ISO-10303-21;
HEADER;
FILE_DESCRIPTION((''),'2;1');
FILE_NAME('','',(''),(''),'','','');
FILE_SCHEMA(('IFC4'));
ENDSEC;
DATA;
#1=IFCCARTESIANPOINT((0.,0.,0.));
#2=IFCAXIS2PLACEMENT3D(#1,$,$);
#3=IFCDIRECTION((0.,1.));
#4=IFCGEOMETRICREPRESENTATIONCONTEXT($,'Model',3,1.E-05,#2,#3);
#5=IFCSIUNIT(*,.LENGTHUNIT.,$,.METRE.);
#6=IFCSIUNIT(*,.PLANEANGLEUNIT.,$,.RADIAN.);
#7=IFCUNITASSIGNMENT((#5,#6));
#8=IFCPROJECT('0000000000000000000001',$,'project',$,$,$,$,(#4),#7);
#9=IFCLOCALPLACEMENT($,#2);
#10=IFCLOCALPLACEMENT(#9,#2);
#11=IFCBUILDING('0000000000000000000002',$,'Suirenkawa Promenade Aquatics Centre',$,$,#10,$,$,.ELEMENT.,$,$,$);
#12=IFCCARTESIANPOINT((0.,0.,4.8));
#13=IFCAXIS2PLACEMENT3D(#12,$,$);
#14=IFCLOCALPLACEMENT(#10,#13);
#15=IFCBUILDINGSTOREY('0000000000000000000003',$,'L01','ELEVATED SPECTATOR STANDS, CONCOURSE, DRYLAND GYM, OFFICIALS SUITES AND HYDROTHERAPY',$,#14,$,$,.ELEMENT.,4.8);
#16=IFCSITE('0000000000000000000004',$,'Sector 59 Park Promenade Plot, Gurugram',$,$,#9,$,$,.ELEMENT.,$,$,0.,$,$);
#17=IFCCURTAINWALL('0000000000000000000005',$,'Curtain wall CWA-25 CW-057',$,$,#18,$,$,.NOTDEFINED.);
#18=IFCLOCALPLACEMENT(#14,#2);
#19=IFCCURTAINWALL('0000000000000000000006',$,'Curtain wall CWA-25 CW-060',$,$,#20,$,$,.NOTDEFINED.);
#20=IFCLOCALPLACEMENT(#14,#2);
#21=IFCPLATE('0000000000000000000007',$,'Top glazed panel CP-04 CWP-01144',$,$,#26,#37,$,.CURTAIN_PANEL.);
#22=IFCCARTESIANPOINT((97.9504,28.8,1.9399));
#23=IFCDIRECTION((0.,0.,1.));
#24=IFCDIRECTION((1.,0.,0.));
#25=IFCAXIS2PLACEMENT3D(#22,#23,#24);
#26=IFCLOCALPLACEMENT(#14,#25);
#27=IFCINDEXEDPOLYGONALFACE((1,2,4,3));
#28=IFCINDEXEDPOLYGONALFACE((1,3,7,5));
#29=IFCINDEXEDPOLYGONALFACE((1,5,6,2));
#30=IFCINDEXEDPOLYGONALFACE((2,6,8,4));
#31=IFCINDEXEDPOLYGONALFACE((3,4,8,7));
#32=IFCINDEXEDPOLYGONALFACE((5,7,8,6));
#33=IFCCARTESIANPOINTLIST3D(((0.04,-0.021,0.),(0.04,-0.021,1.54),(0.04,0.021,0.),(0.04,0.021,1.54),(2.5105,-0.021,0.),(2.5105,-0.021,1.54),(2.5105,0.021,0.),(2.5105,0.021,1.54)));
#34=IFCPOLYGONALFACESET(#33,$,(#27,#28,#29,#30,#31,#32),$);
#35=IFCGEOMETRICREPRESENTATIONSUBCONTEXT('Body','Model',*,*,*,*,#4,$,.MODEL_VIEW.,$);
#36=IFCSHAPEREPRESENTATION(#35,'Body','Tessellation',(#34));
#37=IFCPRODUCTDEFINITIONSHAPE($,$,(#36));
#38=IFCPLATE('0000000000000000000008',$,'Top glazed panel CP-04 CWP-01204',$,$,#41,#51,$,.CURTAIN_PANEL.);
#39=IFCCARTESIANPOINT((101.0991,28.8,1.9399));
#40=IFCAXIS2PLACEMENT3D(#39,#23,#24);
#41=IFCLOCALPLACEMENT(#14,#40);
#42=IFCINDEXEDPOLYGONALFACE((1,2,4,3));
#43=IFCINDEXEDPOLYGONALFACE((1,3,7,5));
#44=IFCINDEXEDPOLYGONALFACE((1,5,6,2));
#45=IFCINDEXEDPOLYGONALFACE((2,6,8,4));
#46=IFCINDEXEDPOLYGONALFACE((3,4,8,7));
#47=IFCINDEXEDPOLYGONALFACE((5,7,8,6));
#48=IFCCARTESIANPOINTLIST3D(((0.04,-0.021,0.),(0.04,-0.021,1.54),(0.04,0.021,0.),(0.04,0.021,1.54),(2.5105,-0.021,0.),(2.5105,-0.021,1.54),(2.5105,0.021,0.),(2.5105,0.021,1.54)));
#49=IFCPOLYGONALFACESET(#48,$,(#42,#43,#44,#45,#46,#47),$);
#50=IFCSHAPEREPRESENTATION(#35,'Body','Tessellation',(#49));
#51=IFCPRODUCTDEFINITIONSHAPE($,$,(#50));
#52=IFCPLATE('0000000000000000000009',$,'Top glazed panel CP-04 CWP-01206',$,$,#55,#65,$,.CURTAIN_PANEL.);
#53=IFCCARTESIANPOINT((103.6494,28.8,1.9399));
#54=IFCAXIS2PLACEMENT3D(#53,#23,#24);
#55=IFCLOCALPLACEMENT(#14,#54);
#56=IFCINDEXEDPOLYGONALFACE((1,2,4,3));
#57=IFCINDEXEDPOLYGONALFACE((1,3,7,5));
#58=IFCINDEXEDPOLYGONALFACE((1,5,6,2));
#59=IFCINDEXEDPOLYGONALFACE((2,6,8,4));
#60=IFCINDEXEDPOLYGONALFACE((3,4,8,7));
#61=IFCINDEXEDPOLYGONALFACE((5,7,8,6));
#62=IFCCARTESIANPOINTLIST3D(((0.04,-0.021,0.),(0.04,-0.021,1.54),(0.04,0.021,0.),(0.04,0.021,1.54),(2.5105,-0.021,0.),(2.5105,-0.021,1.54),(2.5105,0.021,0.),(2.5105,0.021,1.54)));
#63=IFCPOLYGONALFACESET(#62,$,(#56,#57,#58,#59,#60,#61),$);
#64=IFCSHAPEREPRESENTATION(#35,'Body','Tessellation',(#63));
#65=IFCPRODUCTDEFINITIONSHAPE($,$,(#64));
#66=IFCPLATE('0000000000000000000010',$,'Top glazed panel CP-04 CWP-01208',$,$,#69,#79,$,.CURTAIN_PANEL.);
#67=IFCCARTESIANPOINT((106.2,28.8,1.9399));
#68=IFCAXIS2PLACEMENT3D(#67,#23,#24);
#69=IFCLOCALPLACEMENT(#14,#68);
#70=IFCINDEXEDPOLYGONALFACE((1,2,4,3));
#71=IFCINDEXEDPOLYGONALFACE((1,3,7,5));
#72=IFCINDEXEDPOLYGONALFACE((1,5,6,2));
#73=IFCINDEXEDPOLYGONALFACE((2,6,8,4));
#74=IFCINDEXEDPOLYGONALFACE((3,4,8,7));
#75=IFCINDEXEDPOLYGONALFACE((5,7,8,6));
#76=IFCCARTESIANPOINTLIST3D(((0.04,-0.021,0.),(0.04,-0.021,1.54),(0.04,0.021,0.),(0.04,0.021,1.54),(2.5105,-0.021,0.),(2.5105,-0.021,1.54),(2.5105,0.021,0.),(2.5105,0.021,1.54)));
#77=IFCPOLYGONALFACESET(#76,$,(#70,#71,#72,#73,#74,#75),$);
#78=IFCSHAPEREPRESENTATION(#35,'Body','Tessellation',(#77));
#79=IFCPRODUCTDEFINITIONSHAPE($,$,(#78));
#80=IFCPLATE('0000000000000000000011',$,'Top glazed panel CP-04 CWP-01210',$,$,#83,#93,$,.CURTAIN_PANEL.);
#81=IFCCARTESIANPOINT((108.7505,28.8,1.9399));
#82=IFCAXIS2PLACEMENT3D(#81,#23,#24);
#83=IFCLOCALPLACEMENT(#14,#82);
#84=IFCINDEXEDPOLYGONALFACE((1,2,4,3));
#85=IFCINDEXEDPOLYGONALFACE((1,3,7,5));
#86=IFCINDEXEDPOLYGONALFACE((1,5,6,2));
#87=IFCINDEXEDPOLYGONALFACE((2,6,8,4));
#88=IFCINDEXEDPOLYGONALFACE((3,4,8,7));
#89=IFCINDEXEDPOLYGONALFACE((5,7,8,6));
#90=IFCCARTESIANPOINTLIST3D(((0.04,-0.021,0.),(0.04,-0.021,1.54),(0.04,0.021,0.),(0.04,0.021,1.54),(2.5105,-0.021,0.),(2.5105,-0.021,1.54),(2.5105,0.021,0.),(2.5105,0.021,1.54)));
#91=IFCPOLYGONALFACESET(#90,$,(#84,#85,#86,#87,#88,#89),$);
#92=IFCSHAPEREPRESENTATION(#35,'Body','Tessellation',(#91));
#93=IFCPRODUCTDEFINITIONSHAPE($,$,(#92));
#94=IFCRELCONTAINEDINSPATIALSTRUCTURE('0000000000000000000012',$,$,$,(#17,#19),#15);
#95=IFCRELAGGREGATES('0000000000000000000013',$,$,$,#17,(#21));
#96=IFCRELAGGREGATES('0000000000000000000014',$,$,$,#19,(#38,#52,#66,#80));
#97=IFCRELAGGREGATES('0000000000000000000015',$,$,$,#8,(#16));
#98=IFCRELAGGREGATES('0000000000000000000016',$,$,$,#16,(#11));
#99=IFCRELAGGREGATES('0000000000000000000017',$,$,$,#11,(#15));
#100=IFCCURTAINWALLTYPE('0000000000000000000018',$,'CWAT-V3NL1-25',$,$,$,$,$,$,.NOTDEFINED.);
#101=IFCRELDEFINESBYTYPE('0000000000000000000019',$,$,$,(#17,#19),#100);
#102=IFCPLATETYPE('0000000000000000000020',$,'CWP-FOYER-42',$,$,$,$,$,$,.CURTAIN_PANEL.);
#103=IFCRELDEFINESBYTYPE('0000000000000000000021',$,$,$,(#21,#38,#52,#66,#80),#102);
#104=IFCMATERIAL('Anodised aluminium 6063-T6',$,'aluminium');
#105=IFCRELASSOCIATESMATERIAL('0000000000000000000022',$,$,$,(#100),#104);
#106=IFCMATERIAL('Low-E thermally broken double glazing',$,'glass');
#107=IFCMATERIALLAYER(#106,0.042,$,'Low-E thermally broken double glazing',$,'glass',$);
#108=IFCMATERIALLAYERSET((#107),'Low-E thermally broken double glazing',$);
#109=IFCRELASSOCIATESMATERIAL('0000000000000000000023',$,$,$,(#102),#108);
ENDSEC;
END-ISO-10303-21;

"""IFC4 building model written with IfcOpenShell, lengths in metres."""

from ifc_helpers import new_model, si_unit, direction, frame, origin, place, context, subcontext, project, spatial, polyline, outline, extrude, material, layer, layer_set, type_object, element, aggregate, save


model = new_model("IFC4")

# Units and contexts
model_context = context("Model", 3, precision=1e-05, world=origin(), true_north=direction((0.0, 1.0)))
body_context = subcontext(model_context, "Body", "Model", "MODEL_VIEW")
ifc_project = project(units=[si_unit("LENGTHUNIT", "METRE"), si_unit("PLANEANGLEUNIT", "RADIAN")], contexts=[model_context])

# Site, building, storey
site_placement = place(None, origin())
site = spatial("IfcSite", under=ifc_project, at=site_placement, Name="Sector 59 Park Promenade Plot, Gurugram", CompositionType="ELEMENT", RefElevation=0.0)
building_placement = place(site_placement, origin())
building = spatial("IfcBuilding", under=site, at=building_placement, Name="Suirenkawa Promenade Aquatics Centre", CompositionType="ELEMENT")
storey_placement = place(building_placement, frame((0.0, 0.0, 4.8)))
storey = spatial("IfcBuildingStorey", under=building, at=storey_placement, Name="L01", Description="ELEVATED SPECTATOR STANDS, CONCOURSE, DRYLAND GYM, OFFICIALS SUITES AND HYDROTHERAPY", CompositionType="ELEMENT", Elevation=4.8)

# Curtain wall
ifc_material_1 = material(Name="Anodised aluminium 6063-T6", Category="aluminium")
curtain_wall_type = type_object("IfcCurtainWallType", Name="CWAT-V3NL1-25", PredefinedType="NOTDEFINED", material=ifc_material_1)
curtain_wall_1_placement = place(storey_placement, origin())
curtain_wall_1 = element("IfcCurtainWall", 1, at=curtain_wall_1_placement, inside=storey, type_object=curtain_wall_type, Name="Curtain wall CWA-25 CW-057", PredefinedType="NOTDEFINED")

# Curtain wall
curtain_wall_2_placement = place(storey_placement, origin())
curtain_wall_2 = element("IfcCurtainWall", 2, at=curtain_wall_2_placement, inside=storey, type_object=curtain_wall_type, Name="Curtain wall CWA-25 CW-060", PredefinedType="NOTDEFINED")

# Plates
ifc_material_2 = material(Name="Low-E thermally broken double glazing", Category="glass")
ifc_layer = layer(ifc_material_2, 0.042, Name="Low-E thermally broken double glazing", Category="glass")
ifc_layer_set = layer_set([ifc_layer], Name="Low-E thermally broken double glazing")
plate_type = type_object("IfcPlateType", Name="CWP-FOYER-42", PredefinedType="CURTAIN_PANEL", material=ifc_layer_set)
plate_1_placement = place(storey_placement, frame((97.9504, 28.8, 1.9399), z_axis=(0.0, 0.0, 1.0), x_axis=(1.0, 0.0, 0.0)))
plate_1 = element("IfcPlate", 3, at=plate_1_placement, type_object=plate_type, Name="Top glazed panel CP-04 CWP-01144", PredefinedType="CURTAIN_PANEL", context=body_context, shape_type="SweptSolid", body=[
    extrude(outline(polyline([(0.04, 0.0), (2.5105, 0.0), (2.5105, 1.54), (0.04, 1.54), (0.04, 0.0)])), frame((0.0, 0.021, 0.0), z_axis=(0.0, -1.0, 0.0), x_axis=(1.0, 0.0, 0.0)), (0.0, 0.0, 1.0), 0.042),
])
aggregate(curtain_wall_1, [plate_1])
plate_2_placement = place(storey_placement, frame((101.0991, 28.8, 1.9399), z_axis=(0.0, 0.0, 1.0), x_axis=(1.0, 0.0, 0.0)))
plate_2 = element("IfcPlate", 4, at=plate_2_placement, type_object=plate_type, Name="Top glazed panel CP-04 CWP-01204", PredefinedType="CURTAIN_PANEL", context=body_context, shape_type="SweptSolid", body=[
    extrude(outline(polyline([(0.04, 0.0), (2.5105, 0.0), (2.5105, 1.54), (0.04, 1.54), (0.04, 0.0)])), frame((0.0, 0.021, 0.0), z_axis=(0.0, -1.0, 0.0), x_axis=(1.0, 0.0, 0.0)), (0.0, 0.0, 1.0), 0.042),
])
plate_3_placement = place(storey_placement, frame((103.6494, 28.8, 1.9399), z_axis=(0.0, 0.0, 1.0), x_axis=(1.0, 0.0, 0.0)))
plate_3 = element("IfcPlate", 5, at=plate_3_placement, type_object=plate_type, Name="Top glazed panel CP-04 CWP-01206", PredefinedType="CURTAIN_PANEL", context=body_context, shape_type="SweptSolid", body=[
    extrude(outline(polyline([(0.04, 0.0), (2.5105, 0.0), (2.5105, 1.54), (0.04, 1.54), (0.04, 0.0)])), frame((0.0, 0.021, 0.0), z_axis=(0.0, -1.0, 0.0), x_axis=(1.0, 0.0, 0.0)), (0.0, 0.0, 1.0), 0.042),
])
plate_4_placement = place(storey_placement, frame((106.2, 28.8, 1.9399), z_axis=(0.0, 0.0, 1.0), x_axis=(1.0, 0.0, 0.0)))
plate_4 = element("IfcPlate", 6, at=plate_4_placement, type_object=plate_type, Name="Top glazed panel CP-04 CWP-01208", PredefinedType="CURTAIN_PANEL", context=body_context, shape_type="SweptSolid", body=[
    extrude(outline(polyline([(0.04, 0.0), (2.5105, 0.0), (2.5105, 1.54), (0.04, 1.54), (0.04, 0.0)])), frame((0.0, 0.021, 0.0), z_axis=(0.0, -1.0, 0.0), x_axis=(1.0, 0.0, 0.0)), (0.0, 0.0, 1.0), 0.042),
])
plate_5_placement = place(storey_placement, frame((108.7505, 28.8, 1.9399), z_axis=(0.0, 0.0, 1.0), x_axis=(1.0, 0.0, 0.0)))
plate_5 = element("IfcPlate", 7, at=plate_5_placement, type_object=plate_type, Name="Top glazed panel CP-04 CWP-01210", PredefinedType="CURTAIN_PANEL", context=body_context, shape_type="SweptSolid", body=[
    extrude(outline(polyline([(0.04, 0.0), (2.5105, 0.0), (2.5105, 1.54), (0.04, 1.54), (0.04, 0.0)])), frame((0.0, 0.021, 0.0), z_axis=(0.0, -1.0, 0.0), x_axis=(1.0, 0.0, 0.0)), (0.0, 0.0, 1.0), 0.042),
])
aggregate(curtain_wall_2, [plate_2, plate_3, plate_4, plate_5])

save(model, "model.ifc")
